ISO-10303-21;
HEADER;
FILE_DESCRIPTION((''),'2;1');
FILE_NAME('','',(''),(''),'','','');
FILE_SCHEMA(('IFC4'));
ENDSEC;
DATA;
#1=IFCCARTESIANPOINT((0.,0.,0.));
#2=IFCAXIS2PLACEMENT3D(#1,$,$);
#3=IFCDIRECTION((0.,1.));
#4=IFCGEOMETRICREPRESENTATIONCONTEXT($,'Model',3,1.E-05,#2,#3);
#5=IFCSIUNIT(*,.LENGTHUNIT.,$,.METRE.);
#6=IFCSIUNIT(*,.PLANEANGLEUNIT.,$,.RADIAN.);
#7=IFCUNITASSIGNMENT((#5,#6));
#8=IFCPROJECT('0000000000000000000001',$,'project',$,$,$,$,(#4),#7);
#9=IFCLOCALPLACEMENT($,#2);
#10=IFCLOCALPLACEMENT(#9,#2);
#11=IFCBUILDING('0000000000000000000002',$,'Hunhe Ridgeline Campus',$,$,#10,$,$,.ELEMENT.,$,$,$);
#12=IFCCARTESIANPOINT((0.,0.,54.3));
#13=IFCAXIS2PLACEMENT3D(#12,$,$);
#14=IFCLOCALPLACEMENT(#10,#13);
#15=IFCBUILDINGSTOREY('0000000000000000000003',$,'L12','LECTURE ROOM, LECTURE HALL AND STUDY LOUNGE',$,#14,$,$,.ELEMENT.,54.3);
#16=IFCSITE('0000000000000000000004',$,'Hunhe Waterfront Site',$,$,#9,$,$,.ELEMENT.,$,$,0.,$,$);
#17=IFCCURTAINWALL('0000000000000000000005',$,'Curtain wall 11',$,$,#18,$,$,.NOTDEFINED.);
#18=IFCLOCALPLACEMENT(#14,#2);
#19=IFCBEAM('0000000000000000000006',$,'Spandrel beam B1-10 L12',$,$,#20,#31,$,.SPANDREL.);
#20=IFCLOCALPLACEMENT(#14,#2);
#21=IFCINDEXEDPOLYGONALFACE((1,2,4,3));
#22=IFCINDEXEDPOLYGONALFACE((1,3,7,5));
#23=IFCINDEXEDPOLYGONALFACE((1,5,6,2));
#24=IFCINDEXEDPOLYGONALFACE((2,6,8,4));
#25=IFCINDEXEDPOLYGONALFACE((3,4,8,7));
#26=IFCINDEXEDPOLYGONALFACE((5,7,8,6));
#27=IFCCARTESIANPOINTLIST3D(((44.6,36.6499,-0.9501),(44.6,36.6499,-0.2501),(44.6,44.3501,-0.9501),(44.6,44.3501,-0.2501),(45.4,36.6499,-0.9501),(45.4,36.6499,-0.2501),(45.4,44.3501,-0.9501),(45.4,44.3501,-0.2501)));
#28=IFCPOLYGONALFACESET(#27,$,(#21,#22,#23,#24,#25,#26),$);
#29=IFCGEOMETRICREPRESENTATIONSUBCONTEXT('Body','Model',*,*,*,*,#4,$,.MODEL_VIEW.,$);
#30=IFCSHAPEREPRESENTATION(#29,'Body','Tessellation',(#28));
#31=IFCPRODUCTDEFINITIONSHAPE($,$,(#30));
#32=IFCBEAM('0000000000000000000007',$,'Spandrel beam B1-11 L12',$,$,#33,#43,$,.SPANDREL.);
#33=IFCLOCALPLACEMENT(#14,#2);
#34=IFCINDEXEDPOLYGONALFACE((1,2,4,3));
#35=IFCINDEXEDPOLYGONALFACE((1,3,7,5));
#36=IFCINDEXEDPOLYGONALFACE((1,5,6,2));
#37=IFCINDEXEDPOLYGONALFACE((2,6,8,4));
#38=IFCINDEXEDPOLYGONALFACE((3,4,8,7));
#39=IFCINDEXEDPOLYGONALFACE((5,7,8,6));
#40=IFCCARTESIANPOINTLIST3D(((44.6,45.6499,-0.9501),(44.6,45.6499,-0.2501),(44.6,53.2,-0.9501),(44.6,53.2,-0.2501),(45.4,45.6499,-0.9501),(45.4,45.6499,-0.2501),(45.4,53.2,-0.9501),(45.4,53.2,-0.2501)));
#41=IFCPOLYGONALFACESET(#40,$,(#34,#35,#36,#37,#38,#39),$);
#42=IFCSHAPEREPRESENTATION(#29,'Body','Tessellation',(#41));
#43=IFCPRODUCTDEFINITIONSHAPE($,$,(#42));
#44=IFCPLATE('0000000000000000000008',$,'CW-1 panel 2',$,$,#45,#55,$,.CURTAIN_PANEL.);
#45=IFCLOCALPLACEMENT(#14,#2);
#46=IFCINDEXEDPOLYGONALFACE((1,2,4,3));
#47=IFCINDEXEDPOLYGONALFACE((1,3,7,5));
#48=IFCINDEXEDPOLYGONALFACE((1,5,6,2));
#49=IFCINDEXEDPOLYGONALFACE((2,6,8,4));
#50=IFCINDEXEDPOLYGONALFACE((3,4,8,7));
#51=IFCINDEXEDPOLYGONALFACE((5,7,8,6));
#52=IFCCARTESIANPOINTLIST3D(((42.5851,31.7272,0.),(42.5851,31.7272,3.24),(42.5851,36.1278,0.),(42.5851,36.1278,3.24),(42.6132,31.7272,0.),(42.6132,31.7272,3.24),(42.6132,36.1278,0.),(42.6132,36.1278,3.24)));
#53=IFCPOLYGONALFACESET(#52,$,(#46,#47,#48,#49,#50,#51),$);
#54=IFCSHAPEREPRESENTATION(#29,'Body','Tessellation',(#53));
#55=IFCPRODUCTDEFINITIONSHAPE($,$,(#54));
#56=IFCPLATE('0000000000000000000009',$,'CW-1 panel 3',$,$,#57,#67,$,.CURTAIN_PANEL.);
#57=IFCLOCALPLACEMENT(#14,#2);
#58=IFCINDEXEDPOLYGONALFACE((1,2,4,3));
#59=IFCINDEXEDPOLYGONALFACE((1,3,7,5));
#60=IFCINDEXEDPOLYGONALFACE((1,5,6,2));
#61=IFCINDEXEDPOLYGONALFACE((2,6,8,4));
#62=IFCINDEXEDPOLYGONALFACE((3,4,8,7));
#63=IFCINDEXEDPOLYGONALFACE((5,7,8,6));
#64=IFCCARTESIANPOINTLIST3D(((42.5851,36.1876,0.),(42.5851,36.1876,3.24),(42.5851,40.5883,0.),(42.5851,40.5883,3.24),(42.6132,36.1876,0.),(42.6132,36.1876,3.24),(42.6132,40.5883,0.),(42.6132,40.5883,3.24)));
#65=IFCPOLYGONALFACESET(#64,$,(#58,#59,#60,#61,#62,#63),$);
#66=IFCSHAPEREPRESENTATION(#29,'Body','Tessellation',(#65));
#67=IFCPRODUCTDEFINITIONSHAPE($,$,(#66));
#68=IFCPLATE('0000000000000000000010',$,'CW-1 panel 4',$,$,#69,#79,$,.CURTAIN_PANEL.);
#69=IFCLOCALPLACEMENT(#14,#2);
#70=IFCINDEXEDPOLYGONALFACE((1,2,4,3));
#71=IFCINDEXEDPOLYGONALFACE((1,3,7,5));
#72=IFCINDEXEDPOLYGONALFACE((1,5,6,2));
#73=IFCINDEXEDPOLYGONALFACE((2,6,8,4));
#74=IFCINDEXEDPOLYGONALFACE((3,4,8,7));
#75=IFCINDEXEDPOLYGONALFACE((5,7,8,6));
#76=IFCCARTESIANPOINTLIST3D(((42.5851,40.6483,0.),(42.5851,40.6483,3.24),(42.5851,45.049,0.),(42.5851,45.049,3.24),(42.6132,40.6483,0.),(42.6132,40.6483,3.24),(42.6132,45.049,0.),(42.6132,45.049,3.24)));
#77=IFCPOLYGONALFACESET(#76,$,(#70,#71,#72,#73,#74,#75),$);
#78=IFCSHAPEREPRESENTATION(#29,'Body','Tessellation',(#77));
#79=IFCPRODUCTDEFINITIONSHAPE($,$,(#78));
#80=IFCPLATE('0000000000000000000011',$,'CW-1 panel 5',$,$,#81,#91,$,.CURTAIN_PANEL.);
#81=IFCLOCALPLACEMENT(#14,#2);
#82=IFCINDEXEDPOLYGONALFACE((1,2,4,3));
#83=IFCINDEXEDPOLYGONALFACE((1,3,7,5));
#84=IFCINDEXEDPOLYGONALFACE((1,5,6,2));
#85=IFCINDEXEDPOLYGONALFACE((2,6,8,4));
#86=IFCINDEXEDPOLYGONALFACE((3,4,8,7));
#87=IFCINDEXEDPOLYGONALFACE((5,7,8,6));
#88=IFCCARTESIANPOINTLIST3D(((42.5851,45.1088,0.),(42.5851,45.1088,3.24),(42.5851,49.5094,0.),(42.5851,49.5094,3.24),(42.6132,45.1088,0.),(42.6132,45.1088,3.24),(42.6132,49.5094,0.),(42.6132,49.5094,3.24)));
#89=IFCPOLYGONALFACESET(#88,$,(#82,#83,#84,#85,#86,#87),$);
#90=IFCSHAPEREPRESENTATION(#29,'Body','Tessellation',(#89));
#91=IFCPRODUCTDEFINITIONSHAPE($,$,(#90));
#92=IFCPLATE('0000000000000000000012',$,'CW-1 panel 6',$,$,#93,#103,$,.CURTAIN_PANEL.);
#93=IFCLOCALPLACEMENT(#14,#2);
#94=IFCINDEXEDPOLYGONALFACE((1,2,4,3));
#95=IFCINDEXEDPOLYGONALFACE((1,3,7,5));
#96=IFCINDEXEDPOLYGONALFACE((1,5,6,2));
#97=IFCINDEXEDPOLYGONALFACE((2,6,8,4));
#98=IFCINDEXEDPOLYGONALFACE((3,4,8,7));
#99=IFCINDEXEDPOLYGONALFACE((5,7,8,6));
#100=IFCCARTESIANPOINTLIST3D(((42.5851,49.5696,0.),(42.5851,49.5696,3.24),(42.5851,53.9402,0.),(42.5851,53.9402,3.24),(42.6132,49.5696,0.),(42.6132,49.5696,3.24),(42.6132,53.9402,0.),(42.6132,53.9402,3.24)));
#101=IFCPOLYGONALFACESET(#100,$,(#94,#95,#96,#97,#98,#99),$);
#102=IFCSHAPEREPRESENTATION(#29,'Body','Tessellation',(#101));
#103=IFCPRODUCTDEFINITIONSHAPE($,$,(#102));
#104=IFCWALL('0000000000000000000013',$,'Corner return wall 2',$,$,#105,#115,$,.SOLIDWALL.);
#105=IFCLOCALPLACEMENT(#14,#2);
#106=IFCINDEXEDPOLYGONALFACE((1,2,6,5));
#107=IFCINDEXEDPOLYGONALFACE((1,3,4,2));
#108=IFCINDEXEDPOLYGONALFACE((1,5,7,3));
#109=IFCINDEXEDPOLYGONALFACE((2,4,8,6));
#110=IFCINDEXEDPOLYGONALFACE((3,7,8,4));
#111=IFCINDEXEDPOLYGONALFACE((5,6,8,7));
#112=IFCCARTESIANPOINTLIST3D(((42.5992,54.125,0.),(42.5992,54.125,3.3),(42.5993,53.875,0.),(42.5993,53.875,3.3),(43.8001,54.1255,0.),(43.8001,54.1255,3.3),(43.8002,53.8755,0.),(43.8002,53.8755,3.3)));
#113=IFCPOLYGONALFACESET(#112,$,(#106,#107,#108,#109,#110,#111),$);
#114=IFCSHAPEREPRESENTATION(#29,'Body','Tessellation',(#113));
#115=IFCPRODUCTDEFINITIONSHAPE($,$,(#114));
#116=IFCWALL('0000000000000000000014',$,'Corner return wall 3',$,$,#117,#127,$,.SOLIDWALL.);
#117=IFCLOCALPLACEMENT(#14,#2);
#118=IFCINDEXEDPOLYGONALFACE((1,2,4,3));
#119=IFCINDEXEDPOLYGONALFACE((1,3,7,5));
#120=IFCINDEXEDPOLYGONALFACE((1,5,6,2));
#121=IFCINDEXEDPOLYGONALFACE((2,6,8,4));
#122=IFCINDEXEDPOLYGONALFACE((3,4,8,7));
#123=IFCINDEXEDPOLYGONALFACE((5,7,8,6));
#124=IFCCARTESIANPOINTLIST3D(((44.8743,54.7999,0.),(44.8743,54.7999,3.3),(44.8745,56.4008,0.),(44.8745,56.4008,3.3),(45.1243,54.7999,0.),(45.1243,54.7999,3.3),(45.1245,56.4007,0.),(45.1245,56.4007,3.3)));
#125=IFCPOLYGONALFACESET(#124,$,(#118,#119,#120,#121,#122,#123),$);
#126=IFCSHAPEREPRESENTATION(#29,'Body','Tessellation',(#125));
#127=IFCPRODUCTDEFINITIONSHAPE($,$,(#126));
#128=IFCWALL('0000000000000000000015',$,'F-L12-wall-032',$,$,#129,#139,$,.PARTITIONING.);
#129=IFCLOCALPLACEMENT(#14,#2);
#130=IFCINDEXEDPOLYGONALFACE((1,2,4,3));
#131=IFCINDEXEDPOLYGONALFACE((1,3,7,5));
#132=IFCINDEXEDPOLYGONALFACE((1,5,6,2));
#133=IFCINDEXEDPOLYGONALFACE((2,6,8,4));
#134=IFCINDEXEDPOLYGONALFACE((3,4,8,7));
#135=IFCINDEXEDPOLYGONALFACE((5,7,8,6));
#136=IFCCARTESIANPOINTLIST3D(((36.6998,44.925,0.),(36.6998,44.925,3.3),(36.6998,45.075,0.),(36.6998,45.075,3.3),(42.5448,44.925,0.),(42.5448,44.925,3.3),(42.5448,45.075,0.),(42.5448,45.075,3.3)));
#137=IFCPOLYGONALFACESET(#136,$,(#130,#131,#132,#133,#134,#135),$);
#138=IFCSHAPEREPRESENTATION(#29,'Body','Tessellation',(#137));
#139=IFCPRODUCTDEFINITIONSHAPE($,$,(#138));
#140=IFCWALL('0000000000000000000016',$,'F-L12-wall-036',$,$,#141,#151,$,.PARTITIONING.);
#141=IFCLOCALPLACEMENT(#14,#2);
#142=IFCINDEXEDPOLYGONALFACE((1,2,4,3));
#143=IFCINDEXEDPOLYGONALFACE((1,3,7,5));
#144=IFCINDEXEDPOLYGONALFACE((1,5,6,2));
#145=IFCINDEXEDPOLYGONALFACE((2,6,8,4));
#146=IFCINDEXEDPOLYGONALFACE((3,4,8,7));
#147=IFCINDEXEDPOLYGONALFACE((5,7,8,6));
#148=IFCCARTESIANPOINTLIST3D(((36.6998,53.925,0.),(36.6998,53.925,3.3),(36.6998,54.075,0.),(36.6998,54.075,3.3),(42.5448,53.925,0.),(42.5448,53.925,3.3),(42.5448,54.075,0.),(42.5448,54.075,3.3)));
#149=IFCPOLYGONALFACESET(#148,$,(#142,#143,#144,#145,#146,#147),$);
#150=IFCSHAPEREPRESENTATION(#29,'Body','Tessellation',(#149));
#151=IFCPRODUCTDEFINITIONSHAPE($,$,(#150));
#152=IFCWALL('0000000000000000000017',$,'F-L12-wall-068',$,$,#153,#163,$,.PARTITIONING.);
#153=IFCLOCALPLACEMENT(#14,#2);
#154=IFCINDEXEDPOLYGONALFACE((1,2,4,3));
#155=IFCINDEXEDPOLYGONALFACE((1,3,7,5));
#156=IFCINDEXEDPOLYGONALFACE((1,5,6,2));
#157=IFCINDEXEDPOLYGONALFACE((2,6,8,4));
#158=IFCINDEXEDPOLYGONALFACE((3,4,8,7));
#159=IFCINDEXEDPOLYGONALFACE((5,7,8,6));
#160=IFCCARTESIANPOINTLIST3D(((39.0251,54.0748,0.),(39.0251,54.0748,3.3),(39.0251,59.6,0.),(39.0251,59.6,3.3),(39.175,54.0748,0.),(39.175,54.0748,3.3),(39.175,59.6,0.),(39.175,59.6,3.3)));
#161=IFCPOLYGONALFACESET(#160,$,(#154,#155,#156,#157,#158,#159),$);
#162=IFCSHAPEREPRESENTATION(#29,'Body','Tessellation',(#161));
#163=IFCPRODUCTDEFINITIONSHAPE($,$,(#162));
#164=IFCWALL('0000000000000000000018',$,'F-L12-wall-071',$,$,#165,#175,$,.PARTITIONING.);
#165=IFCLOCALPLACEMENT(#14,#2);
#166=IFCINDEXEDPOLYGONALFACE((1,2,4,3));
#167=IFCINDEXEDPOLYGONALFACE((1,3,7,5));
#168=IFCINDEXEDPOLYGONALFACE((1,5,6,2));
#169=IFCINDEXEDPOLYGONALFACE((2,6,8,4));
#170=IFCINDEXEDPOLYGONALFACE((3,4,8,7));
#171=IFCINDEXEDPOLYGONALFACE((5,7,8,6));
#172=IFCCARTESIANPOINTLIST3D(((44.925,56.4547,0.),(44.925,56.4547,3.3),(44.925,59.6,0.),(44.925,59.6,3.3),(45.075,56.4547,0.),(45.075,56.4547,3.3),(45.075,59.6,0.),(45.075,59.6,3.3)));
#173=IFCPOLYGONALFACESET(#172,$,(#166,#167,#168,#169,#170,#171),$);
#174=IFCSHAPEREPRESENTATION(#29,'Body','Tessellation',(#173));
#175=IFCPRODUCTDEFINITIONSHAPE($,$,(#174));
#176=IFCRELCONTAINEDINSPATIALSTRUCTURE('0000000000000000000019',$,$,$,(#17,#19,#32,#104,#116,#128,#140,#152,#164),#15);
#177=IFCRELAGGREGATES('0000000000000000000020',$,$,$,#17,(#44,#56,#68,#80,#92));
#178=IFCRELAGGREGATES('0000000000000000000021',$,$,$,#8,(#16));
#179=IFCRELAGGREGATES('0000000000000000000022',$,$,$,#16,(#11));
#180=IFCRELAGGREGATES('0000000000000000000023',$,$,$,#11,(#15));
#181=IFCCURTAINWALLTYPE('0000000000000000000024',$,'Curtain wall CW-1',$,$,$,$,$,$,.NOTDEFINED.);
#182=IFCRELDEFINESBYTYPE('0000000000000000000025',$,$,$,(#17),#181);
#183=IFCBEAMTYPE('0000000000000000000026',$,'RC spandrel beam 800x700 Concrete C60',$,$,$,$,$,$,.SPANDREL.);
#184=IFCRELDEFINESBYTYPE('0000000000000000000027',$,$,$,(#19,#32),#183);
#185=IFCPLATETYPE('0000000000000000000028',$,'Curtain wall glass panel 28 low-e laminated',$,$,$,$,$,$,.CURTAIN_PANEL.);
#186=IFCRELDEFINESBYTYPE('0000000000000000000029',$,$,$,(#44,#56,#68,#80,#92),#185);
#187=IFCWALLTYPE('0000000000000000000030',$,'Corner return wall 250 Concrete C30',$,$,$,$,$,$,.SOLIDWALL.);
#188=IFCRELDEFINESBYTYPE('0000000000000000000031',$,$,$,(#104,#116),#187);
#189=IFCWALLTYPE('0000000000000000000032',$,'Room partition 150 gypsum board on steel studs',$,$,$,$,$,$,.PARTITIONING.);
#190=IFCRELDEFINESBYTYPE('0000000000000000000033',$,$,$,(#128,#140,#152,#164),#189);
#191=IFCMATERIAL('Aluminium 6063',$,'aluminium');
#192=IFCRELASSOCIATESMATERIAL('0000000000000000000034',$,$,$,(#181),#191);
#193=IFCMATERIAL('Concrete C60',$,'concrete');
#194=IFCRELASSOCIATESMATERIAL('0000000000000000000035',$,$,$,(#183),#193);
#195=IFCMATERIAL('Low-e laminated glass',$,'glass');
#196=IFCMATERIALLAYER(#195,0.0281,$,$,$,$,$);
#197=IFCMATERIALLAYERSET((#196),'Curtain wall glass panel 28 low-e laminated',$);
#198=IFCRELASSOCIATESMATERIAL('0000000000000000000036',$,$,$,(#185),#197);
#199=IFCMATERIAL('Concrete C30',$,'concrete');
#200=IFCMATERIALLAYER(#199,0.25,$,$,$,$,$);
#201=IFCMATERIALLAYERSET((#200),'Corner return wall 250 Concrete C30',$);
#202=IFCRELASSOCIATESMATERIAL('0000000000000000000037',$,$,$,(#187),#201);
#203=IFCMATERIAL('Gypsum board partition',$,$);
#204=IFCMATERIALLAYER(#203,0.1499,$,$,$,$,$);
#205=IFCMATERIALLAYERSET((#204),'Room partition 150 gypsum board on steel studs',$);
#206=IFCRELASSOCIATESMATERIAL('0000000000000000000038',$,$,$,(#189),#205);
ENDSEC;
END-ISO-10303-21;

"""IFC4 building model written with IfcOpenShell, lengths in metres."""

from ifc_helpers import new_model, si_unit, direction, frame, frame_2d, origin, origin_2d, place, context, subcontext, project, spatial, rectangle, extrude, material, layer, layer_set, material_profile, profile_set, type_object, element, aggregate, save


model = new_model("IFC4")

# Units and contexts
model_context = context("Model", 3, precision=1e-05, world=origin(), true_north=direction((0.0, 1.0)))
body_context = subcontext(model_context, "Body", "Model", "MODEL_VIEW")
ifc_project = project(units=[si_unit("LENGTHUNIT", "METRE"), si_unit("PLANEANGLEUNIT", "RADIAN")], contexts=[model_context])

# Site, building, storey
site_placement = place(None, origin())
site = spatial("IfcSite", under=ifc_project, at=site_placement, Name="Hunhe Waterfront Site", CompositionType="ELEMENT", RefElevation=0.0)
building_placement = place(site_placement, origin())
building = spatial("IfcBuilding", under=site, at=building_placement, Name="Hunhe Ridgeline Campus", CompositionType="ELEMENT")
storey_placement = place(building_placement, frame((0.0, 0.0, 54.3)))
storey = spatial("IfcBuildingStorey", under=building, at=storey_placement, Name="L12", Description="LECTURE ROOM, LECTURE HALL AND STUDY LOUNGE", CompositionType="ELEMENT", Elevation=54.3)

# Curtain wall
ifc_material_1 = material(Name="Aluminium 6063", Category="aluminium")
curtain_wall_type = type_object("IfcCurtainWallType", Name="Curtain wall CW-1", PredefinedType="NOTDEFINED", material=ifc_material_1)
curtain_wall_1_placement = place(storey_placement, origin())
curtain_wall_1 = element("IfcCurtainWall", 1, at=curtain_wall_1_placement, inside=storey, type_object=curtain_wall_type, Name="Curtain wall 11", PredefinedType="NOTDEFINED")

# Beams
ifc_material_2 = material(Name="Concrete C60", Category="concrete")
ifc_material_profile_1 = material_profile(ifc_material_2, rectangle(XDim=0.8, YDim=0.7, at=origin_2d()))
ifc_profile_set_1 = profile_set([ifc_material_profile_1], Name="Concrete C60")
beam_type = type_object("IfcBeamType", Name="RC spandrel beam 800x700 Concrete C60", PredefinedType="SPANDREL", material=ifc_profile_set_1)
beam_1_placement = place(storey_placement, frame((45.0, 36.6499, -0.6001), z_axis=(0.0, 1.0, 0.0), x_axis=(-1.0, 0.0, 0.0)))
element("IfcBeam", 2, at=beam_1_placement, inside=storey, type_object=beam_type, Name="Spandrel beam B1-10 L12", PredefinedType="SPANDREL", context=body_context, shape_type="SweptSolid", body=[
    extrude(rectangle(XDim=0.8, YDim=0.7, at=origin_2d()), origin(), (0.0, 0.0, 1.0), 7.7002),
])
beam_2_placement = place(storey_placement, frame((45.0, 45.6499, -0.6001), z_axis=(0.0, 1.0, 0.0), x_axis=(-1.0, 0.0, 0.0)))
element("IfcBeam", 3, at=beam_2_placement, inside=storey, type_object=beam_type, Name="Spandrel beam B1-11 L12", PredefinedType="SPANDREL", context=body_context, shape_type="SweptSolid", body=[
    extrude(rectangle(XDim=0.8, YDim=0.7, at=origin_2d()), origin(), (0.0, 0.0, 1.0), 7.55),
])

# Plates
ifc_material_3 = material(Name="Low-e laminated glass", Category="glass")
ifc_layer_1 = layer(ifc_material_3, 0.0281)
ifc_layer_set_1 = layer_set([ifc_layer_1], Name="Curtain wall glass panel 28 low-e laminated")
plate_type = type_object("IfcPlateType", Name="Curtain wall glass panel 28 low-e laminated", PredefinedType="CURTAIN_PANEL", material=ifc_layer_set_1)
plate_1_placement = place(storey_placement, frame((42.5991, 33.9275, 0.0), z_axis=(0.0, 0.0, 1.0), x_axis=(0.0, 1.0, 0.0)))
plate_1 = element("IfcPlate", 4, at=plate_1_placement, type_object=plate_type, Name="CW-1 panel 2", PredefinedType="CURTAIN_PANEL", context=body_context, shape_type="SweptSolid", body=[
    extrude(rectangle(XDim=4.4006, YDim=0.0281, at=origin_2d()), origin(), (0.0, 0.0, 1.0), 3.24),
])
plate_2_placement = place(storey_placement, frame((42.5991, 38.3879, 0.0), z_axis=(0.0, 0.0, 1.0), x_axis=(0.0, 1.0, 0.0)))
plate_2 = element("IfcPlate", 5, at=plate_2_placement, type_object=plate_type, Name="CW-1 panel 3", PredefinedType="CURTAIN_PANEL", context=body_context, shape_type="SweptSolid", body=[
    extrude(rectangle(XDim=4.4006, YDim=0.0281, at=origin_2d()), origin(), (0.0, 0.0, 1.0), 3.24),
])
plate_3_placement = place(storey_placement, frame((42.5991, 42.8486, 0.0), z_axis=(0.0, 0.0, 1.0), x_axis=(0.0, 1.0, 0.0)))
plate_3 = element("IfcPlate", 6, at=plate_3_placement, type_object=plate_type, Name="CW-1 panel 4", PredefinedType="CURTAIN_PANEL", context=body_context, shape_type="SweptSolid", body=[
    extrude(rectangle(XDim=4.4006, YDim=0.0281, at=origin_2d()), origin(), (0.0, 0.0, 1.0), 3.24),
])
plate_4_placement = place(storey_placement, frame((42.5991, 47.3091, 0.0), z_axis=(0.0, 0.0, 1.0), x_axis=(0.0, 1.0, 0.0)))
plate_4 = element("IfcPlate", 7, at=plate_4_placement, type_object=plate_type, Name="CW-1 panel 5", PredefinedType="CURTAIN_PANEL", context=body_context, shape_type="SweptSolid", body=[
    extrude(rectangle(XDim=4.4006, YDim=0.0281, at=origin_2d()), origin(), (0.0, 0.0, 1.0), 3.24),
])
plate_5_placement = place(storey_placement, frame((42.5991, 51.7549, 0.0), z_axis=(0.0, 0.0, 1.0), x_axis=(0.0, 1.0, 0.0)))
plate_5 = element("IfcPlate", 8, at=plate_5_placement, type_object=plate_type, Name="CW-1 panel 6", PredefinedType="CURTAIN_PANEL", context=body_context, shape_type="SweptSolid", body=[
    extrude(rectangle(XDim=4.3706, YDim=0.0281, at=origin_2d()), origin(), (0.0, 0.0, 1.0), 3.24),
])
aggregate(curtain_wall_1, [plate_1, plate_2, plate_3, plate_4, plate_5])

# Walls
ifc_material_4 = material(Name="Concrete C30", Category="concrete")
ifc_layer_2 = layer(ifc_material_4, 0.25)
ifc_layer_set_2 = layer_set([ifc_layer_2], Name="Corner return wall 250 Concrete C30")
wall_type_1 = type_object("IfcWallType", Name="Corner return wall 250 Concrete C30", PredefinedType="SOLIDWALL", material=ifc_layer_set_2)
wall_1_placement = place(storey_placement, frame((42.5991, 54.0, 0.0), z_axis=(0.0, 0.0, 1.0), x_axis=(1.0, 0.000407, 0.0)))
element("IfcWall", 9, at=wall_1_placement, inside=storey, type_object=wall_type_1, Name="Corner return wall 2", PredefinedType="SOLIDWALL", context=body_context, shape_type="SweptSolid", body=[
    extrude(rectangle(XDim=1.2009, YDim=0.25, at=frame_2d((0.6006, 0.0))), origin(), (0.0, 0.0, 1.0), 3.3),
])
wall_2_placement = place(storey_placement, frame((44.9993, 54.8, 0.0), z_axis=(0.0, 0.0, 1.0), x_axis=(0.000153, 1.0, 0.0)))
element("IfcWall", 10, at=wall_2_placement, inside=storey, type_object=wall_type_1, Name="Corner return wall 3", PredefinedType="SOLIDWALL", context=body_context, shape_type="SweptSolid", body=[
    extrude(rectangle(XDim=1.6008, YDim=0.25, at=frame_2d((0.8003, 0.0))), origin(), (0.0, 0.0, 1.0), 3.3),
])
ifc_material_5 = material(Name="Gypsum board partition")
ifc_layer_3 = layer(ifc_material_5, 0.1499)
ifc_layer_set_3 = layer_set([ifc_layer_3], Name="Room partition 150 gypsum board on steel studs")
wall_type_2 = type_object("IfcWallType", Name="Room partition 150 gypsum board on steel studs", PredefinedType="PARTITIONING", material=ifc_layer_set_3)
for number, where, z_axis, x_axis, name in (
    (11, (36.7, 45.0, 0.0), (0.0, 0.0, 1.0), (1.0, 0.0, 0.0), "F-L12-wall-032"),
    (12, (36.7, 54.0, 0.0), (0.0, 0.0, 1.0), (1.0, 0.0, 0.0), "F-L12-wall-036"),
):
    element("IfcWall", number, at=place(storey_placement, frame(where, z_axis=z_axis, x_axis=x_axis)), inside=storey, type_object=wall_type_2, Name=name, PredefinedType="PARTITIONING", context=body_context, shape_type="SweptSolid", body=[
        extrude(rectangle(XDim=5.845, YDim=0.1499, at=frame_2d((2.9224, 0.0))), origin(), (0.0, 0.0, 1.0), 3.3),
    ])
wall_3_placement = place(storey_placement, frame((39.1001, 59.6001, 0.0), z_axis=(0.0, 0.0, 1.0), x_axis=(0.0, -1.0, 0.0)))
element("IfcWall", 13, at=wall_3_placement, inside=storey, type_object=wall_type_2, Name="F-L12-wall-068", PredefinedType="PARTITIONING", context=body_context, shape_type="SweptSolid", body=[
    extrude(rectangle(XDim=5.5251, YDim=0.1499, at=frame_2d((2.7627, 0.0))), origin(), (0.0, 0.0, 1.0), 3.3),
])
wall_4_placement = place(storey_placement, frame((45.0, 59.6001, 0.0), z_axis=(0.0, 0.0, 1.0), x_axis=(0.0, -1.0, 0.0)))
element("IfcWall", 14, at=wall_4_placement, inside=storey, type_object=wall_type_2, Name="F-L12-wall-071", PredefinedType="PARTITIONING", context=body_context, shape_type="SweptSolid", body=[
    extrude(rectangle(XDim=3.1453, YDim=0.1499, at=frame_2d((1.5728, 0.0))), origin(), (0.0, 0.0, 1.0), 3.3),
])

save(model, "model.ifc")
